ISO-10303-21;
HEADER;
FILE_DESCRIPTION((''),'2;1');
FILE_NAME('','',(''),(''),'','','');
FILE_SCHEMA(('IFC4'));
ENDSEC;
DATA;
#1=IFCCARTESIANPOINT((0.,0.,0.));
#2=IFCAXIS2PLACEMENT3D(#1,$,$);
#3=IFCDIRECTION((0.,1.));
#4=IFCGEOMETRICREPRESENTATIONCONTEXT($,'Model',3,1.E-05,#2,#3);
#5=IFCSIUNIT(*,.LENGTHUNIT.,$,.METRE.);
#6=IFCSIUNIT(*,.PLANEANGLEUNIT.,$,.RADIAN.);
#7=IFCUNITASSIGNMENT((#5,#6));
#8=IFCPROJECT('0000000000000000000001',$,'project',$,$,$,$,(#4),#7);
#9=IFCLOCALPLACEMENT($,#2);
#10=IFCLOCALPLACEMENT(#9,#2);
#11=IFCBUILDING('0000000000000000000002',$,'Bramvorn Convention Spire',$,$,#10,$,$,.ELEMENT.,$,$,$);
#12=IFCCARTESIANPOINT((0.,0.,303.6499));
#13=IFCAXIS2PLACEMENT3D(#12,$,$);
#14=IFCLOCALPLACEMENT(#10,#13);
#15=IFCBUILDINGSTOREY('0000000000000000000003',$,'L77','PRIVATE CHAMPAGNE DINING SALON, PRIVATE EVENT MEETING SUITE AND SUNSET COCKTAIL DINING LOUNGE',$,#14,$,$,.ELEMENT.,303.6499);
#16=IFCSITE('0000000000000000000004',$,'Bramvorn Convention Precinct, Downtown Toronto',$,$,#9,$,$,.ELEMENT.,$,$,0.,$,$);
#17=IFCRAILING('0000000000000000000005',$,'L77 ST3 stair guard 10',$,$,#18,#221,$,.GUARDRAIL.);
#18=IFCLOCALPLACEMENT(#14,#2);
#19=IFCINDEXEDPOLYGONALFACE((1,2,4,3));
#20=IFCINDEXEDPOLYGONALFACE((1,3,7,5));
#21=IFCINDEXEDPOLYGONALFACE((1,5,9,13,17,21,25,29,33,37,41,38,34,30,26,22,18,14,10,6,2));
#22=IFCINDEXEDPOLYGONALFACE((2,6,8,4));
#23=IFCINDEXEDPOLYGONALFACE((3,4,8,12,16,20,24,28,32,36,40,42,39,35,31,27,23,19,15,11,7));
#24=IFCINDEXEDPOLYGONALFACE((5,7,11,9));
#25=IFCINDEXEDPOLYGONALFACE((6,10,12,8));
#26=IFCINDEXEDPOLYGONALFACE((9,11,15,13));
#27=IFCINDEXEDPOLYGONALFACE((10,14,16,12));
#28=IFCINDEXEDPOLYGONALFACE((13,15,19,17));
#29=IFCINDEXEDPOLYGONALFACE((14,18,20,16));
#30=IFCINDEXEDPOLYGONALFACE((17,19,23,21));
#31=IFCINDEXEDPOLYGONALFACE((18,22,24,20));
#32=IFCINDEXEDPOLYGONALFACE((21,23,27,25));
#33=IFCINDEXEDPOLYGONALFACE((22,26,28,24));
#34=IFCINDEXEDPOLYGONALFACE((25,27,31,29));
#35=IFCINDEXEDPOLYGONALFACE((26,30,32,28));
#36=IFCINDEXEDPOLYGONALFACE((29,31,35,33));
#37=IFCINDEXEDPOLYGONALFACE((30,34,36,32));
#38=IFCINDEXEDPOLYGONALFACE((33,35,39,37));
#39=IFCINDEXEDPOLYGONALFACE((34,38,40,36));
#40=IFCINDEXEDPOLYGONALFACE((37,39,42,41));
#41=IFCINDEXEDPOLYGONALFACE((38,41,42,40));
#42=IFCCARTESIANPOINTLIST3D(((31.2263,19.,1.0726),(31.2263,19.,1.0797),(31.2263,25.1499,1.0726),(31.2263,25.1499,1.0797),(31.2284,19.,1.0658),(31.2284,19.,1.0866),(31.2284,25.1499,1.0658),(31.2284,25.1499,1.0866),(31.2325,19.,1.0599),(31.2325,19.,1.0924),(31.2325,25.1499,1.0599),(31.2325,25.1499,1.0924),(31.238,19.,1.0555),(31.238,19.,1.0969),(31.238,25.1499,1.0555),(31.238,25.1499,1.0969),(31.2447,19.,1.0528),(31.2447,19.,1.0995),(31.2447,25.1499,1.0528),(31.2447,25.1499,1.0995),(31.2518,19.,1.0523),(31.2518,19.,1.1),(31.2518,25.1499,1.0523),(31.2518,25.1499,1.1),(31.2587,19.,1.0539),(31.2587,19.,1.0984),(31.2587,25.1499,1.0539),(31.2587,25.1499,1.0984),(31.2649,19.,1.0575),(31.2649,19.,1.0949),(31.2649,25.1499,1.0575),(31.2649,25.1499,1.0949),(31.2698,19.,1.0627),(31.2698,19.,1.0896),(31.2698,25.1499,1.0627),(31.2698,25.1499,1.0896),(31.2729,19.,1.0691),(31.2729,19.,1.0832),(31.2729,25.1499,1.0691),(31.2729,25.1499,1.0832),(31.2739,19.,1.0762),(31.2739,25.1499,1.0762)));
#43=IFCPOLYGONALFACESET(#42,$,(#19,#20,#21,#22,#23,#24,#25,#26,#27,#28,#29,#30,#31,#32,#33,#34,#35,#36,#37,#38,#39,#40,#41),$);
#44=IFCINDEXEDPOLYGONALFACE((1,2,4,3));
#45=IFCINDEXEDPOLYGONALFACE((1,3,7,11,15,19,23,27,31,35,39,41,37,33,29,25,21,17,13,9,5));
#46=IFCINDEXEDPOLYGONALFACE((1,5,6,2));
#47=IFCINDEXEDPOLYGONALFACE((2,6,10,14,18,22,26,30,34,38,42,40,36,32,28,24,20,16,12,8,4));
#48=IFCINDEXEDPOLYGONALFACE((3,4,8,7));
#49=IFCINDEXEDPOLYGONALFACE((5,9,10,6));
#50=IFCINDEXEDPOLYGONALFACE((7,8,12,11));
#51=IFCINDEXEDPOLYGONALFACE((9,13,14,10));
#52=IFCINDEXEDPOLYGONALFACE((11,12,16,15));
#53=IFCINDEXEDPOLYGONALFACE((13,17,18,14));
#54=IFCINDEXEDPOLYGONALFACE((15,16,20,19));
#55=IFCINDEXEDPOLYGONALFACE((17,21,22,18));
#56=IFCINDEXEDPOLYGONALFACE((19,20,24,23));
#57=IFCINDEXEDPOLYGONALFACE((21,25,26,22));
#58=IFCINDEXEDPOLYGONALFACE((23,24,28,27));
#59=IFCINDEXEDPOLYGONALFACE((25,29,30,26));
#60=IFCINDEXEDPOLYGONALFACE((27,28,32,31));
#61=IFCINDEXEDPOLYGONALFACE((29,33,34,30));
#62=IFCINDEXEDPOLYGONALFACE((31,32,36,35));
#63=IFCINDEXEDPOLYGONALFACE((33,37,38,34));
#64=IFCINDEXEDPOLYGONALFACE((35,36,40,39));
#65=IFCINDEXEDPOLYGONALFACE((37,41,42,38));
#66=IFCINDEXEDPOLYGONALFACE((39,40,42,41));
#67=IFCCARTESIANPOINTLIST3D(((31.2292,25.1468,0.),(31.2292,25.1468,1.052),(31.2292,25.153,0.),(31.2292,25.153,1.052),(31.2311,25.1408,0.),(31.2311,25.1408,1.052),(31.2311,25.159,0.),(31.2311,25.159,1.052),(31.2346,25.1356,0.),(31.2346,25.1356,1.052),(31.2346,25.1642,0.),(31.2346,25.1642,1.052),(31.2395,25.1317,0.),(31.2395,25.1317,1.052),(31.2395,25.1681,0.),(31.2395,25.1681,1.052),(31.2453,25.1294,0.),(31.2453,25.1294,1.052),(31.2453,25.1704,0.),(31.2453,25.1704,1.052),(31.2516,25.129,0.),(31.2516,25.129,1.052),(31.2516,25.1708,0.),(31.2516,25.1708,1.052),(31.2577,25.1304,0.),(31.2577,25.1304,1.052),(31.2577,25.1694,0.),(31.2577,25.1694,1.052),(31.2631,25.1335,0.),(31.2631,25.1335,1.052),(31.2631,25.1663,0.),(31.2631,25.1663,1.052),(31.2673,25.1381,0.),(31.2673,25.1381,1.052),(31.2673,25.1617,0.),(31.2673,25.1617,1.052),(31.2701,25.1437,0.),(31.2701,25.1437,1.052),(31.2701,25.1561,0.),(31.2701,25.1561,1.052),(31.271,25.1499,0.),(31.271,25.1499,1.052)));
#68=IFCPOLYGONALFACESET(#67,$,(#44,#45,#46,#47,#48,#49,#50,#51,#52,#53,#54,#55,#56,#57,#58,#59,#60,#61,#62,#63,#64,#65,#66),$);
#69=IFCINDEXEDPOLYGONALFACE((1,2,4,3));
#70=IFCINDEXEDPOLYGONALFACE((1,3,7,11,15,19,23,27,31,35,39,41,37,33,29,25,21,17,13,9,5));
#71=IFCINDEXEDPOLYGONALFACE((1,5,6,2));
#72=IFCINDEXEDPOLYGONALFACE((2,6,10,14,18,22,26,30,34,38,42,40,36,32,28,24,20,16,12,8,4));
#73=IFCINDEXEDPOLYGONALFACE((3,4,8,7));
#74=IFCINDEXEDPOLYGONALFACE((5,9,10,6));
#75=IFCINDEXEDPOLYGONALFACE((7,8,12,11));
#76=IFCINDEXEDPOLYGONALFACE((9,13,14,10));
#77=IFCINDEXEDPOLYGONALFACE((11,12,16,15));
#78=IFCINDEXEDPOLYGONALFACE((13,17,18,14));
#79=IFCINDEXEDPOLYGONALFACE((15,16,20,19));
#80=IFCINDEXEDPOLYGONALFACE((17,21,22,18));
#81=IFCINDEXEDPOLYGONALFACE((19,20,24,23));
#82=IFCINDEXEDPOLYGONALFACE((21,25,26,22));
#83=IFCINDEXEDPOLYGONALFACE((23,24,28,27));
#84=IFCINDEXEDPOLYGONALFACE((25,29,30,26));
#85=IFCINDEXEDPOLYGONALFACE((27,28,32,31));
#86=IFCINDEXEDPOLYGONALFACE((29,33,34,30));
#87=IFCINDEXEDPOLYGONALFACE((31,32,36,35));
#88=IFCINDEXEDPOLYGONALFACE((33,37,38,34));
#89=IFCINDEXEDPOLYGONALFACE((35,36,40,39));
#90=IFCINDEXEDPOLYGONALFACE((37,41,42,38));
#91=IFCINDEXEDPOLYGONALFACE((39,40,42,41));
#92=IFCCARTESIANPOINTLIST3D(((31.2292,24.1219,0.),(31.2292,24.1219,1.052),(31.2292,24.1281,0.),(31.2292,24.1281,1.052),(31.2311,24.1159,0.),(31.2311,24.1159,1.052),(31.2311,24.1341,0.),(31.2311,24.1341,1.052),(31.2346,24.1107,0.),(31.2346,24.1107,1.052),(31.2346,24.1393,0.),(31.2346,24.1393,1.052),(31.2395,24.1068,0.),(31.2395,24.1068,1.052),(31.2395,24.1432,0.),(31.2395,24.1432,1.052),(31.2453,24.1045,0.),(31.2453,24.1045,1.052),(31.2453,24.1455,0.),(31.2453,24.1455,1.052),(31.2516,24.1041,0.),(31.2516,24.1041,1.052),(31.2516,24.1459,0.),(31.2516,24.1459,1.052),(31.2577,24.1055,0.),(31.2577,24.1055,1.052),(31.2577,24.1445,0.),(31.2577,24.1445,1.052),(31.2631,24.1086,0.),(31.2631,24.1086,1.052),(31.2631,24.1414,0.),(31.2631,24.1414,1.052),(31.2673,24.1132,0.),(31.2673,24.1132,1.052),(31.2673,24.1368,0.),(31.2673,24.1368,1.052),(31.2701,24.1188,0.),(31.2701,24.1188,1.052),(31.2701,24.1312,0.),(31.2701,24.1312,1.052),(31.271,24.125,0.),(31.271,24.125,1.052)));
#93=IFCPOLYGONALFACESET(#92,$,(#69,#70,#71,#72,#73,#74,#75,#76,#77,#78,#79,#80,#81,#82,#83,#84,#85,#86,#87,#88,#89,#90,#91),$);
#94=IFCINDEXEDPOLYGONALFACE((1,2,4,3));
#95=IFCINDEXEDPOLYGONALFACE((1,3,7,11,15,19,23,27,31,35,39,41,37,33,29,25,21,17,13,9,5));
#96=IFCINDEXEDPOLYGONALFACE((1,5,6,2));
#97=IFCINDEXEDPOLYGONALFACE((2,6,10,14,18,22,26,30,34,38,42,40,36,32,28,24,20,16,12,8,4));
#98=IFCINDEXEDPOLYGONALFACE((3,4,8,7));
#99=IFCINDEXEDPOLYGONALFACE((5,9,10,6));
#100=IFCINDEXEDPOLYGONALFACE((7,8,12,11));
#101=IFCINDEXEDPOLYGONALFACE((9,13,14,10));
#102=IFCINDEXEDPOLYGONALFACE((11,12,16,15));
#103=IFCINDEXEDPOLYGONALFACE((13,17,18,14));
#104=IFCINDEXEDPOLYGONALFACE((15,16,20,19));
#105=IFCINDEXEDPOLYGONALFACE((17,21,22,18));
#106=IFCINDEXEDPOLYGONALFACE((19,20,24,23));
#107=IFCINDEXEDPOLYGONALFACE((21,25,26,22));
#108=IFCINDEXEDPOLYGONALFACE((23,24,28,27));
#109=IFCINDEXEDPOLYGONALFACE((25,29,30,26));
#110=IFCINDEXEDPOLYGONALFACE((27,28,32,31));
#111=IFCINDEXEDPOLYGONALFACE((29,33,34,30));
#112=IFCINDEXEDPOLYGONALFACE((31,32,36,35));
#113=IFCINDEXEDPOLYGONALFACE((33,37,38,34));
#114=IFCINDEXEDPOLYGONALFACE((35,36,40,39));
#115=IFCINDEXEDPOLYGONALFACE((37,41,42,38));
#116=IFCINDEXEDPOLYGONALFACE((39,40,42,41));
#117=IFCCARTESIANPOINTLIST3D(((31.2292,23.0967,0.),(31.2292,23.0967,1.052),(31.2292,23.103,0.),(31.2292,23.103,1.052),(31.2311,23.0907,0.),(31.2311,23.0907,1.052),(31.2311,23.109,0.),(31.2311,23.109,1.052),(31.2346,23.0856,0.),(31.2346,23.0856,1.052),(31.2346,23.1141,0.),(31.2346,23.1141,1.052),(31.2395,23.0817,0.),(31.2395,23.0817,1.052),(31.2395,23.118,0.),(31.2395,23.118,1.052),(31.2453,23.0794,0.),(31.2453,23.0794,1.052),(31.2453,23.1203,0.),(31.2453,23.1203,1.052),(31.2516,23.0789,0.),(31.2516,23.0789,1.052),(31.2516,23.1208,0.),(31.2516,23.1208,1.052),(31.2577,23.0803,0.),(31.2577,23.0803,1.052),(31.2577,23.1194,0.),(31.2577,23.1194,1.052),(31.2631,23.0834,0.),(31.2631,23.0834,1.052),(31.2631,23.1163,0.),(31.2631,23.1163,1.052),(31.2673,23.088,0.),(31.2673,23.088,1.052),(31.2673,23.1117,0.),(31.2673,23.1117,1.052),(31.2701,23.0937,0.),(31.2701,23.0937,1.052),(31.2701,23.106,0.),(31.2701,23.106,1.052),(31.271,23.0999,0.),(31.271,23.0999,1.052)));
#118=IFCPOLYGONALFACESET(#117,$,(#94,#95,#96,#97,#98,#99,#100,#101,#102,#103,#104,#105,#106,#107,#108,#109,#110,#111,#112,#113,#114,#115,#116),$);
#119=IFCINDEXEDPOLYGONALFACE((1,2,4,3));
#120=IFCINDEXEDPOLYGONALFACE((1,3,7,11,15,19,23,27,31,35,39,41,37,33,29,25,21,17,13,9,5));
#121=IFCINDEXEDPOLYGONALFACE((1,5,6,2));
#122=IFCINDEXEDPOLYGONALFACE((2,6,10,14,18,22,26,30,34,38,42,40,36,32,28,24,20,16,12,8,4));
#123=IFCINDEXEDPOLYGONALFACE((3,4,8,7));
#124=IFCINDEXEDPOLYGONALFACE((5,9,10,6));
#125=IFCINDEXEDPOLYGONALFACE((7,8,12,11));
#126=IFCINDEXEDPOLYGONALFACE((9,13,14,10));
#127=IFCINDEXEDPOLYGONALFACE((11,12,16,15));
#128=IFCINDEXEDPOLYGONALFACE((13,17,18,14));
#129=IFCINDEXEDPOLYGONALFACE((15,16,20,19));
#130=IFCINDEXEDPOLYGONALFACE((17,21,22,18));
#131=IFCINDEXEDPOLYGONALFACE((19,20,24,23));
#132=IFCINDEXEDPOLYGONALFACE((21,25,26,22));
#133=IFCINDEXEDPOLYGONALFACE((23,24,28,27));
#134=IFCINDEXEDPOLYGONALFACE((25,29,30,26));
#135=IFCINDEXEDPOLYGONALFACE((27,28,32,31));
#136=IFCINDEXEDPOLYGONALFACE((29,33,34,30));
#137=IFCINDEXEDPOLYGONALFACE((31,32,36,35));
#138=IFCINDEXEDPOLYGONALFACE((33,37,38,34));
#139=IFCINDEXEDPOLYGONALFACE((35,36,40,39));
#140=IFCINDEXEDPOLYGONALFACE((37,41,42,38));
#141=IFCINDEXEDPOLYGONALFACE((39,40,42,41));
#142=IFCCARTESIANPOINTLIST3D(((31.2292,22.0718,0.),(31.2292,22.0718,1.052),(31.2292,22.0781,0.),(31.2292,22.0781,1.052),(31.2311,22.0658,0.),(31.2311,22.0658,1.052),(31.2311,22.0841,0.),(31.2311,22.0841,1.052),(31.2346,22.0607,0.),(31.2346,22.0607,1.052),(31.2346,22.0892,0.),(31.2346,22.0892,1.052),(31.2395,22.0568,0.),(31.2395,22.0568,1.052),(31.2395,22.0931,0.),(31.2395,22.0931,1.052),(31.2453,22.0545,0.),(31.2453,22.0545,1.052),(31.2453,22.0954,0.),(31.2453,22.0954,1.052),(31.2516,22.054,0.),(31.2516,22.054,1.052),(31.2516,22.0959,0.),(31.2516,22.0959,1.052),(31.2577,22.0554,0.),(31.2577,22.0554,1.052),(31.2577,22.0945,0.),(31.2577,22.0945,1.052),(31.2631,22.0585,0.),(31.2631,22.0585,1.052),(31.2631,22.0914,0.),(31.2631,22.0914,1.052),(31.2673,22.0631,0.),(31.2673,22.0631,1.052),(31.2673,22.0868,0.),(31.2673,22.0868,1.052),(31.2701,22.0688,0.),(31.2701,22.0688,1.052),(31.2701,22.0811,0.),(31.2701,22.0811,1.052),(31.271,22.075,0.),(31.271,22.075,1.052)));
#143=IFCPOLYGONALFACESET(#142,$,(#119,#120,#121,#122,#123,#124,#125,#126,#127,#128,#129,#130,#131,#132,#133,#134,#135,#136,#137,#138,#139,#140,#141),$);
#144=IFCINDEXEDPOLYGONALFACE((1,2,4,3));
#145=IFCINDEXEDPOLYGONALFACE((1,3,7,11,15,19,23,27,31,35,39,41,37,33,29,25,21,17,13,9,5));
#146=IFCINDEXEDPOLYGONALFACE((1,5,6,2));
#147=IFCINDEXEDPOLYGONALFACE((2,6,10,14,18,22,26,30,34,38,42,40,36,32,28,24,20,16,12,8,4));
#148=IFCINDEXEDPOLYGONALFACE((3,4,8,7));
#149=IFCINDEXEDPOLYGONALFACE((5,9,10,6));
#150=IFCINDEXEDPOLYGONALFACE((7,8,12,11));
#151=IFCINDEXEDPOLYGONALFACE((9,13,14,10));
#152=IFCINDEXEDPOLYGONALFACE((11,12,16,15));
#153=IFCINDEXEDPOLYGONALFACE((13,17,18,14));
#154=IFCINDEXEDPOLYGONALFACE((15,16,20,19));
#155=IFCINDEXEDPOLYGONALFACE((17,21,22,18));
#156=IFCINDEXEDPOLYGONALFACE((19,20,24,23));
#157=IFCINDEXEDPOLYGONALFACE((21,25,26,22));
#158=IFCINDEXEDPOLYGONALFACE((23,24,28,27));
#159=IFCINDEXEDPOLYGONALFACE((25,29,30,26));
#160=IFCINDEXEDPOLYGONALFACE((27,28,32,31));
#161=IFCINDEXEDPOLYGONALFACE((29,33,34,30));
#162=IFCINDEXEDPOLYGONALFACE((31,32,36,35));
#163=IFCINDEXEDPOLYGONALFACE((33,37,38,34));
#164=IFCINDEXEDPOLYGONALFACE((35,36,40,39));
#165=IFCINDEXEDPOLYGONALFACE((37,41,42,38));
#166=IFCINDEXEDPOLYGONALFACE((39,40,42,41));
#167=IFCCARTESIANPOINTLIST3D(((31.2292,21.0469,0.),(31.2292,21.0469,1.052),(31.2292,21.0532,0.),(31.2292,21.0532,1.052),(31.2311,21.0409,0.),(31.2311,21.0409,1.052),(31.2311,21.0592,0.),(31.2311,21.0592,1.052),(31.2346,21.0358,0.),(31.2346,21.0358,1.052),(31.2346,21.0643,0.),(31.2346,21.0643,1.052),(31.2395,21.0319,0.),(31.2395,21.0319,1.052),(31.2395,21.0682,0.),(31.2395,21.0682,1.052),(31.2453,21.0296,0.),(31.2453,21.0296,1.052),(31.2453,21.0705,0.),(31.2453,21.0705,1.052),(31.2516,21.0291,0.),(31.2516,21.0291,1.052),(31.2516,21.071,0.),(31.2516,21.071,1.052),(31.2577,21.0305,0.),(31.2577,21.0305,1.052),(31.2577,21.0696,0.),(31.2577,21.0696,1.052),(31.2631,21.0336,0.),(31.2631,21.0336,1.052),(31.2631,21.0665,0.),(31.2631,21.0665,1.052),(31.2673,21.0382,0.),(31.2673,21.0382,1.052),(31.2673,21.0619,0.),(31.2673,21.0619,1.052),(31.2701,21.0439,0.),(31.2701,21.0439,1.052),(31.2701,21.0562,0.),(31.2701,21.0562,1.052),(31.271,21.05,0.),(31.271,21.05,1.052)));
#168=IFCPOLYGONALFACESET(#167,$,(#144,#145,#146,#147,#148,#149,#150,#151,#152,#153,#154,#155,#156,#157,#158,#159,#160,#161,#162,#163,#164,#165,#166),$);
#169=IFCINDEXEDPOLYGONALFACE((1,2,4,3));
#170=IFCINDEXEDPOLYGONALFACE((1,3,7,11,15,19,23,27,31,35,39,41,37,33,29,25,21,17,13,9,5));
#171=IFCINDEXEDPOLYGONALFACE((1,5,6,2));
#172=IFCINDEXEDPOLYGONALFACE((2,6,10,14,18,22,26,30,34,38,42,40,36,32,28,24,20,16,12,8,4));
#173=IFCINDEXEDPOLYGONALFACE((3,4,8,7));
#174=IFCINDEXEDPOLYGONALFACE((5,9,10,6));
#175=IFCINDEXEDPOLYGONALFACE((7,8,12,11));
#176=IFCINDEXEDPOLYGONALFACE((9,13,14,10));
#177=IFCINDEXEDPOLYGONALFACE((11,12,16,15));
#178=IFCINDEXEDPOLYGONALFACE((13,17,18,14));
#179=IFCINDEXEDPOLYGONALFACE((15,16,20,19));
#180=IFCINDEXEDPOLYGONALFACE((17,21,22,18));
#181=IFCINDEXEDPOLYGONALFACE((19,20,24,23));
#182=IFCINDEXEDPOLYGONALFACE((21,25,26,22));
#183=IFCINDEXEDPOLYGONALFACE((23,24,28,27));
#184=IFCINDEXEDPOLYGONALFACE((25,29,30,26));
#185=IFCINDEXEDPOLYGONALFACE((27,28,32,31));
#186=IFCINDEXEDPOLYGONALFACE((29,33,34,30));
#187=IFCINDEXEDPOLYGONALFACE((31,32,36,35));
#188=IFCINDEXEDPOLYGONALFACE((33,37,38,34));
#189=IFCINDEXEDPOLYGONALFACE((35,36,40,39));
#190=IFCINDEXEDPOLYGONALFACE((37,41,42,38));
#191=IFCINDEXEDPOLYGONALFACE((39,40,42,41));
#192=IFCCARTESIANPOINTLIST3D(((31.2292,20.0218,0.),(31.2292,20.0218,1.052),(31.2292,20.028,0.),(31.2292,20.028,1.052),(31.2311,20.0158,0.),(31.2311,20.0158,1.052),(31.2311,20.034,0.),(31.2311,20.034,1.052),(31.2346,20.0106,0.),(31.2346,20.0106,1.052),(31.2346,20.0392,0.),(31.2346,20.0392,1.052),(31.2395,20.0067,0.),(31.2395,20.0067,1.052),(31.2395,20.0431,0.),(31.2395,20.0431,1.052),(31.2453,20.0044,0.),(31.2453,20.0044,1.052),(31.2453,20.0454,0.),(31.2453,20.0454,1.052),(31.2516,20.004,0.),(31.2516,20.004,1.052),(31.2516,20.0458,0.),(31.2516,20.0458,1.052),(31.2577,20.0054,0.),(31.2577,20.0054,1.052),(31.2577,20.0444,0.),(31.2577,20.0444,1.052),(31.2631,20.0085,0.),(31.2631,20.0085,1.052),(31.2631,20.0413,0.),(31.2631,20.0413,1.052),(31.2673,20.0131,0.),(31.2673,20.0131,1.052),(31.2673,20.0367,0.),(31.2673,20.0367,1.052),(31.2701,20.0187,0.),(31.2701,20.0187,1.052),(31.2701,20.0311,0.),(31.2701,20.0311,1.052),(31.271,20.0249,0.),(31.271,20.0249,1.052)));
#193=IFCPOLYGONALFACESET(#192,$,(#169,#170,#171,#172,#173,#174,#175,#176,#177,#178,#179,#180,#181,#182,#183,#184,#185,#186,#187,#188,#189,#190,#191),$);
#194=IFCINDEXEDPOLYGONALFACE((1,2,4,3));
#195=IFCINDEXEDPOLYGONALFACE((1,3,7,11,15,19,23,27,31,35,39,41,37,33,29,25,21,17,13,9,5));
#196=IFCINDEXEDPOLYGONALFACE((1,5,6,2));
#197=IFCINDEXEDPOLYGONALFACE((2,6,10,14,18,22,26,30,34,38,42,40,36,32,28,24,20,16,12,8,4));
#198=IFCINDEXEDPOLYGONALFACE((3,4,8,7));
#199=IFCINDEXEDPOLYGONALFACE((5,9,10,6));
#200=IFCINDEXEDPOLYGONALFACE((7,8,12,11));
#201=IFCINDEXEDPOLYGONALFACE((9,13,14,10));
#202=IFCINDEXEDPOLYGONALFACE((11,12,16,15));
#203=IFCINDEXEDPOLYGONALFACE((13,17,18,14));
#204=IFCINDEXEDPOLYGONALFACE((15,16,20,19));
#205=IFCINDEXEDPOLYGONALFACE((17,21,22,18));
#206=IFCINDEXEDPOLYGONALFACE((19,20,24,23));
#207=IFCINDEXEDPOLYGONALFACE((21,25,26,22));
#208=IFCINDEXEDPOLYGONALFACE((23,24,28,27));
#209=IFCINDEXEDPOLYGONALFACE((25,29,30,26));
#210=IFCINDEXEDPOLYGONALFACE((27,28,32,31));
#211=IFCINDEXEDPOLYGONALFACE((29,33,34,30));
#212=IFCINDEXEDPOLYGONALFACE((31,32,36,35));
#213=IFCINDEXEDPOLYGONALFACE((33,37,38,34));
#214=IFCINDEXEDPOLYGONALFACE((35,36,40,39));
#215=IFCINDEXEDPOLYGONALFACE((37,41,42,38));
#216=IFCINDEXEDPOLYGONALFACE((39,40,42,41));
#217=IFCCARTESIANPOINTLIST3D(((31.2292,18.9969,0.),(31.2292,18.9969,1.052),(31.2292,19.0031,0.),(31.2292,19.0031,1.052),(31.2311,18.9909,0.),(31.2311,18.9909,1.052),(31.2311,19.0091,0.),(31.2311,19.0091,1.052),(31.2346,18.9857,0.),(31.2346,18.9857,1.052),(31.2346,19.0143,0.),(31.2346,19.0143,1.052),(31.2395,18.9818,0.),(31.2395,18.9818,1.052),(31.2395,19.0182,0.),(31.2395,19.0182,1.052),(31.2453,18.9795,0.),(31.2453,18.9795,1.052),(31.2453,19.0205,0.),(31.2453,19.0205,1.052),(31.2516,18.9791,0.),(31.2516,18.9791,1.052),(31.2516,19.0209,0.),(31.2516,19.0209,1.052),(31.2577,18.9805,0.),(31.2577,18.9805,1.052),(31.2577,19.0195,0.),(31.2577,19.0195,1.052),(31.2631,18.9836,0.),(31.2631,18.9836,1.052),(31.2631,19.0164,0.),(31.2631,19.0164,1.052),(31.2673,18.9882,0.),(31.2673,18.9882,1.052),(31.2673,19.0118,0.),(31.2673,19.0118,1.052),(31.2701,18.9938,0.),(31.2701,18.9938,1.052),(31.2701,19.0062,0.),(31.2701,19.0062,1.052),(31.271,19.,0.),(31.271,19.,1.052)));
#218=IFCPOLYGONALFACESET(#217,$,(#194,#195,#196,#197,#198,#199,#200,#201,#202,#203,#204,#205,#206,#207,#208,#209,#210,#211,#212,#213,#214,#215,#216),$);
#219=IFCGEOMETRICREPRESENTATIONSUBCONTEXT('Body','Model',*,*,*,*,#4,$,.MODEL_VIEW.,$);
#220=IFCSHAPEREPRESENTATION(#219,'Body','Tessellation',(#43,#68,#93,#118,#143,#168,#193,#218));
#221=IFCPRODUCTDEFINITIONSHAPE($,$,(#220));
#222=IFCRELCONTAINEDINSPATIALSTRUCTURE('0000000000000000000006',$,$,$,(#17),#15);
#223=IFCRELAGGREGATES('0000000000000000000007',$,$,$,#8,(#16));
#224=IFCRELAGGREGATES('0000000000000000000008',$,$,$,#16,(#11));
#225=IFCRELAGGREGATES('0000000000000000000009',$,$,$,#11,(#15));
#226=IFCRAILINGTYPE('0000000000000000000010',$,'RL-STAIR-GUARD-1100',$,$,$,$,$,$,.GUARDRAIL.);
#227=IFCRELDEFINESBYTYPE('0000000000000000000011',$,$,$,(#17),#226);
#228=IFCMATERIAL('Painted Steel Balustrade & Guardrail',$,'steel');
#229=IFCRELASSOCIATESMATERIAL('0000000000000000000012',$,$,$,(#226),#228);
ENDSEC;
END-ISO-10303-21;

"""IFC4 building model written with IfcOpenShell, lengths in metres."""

from ifc_helpers import new_model, si_unit, direction, frame, origin, origin_2d, place, context, subcontext, project, spatial, circle, extrude, material, type_object, element, save


model = new_model("IFC4")

# Units and contexts
model_context = context("Model", 3, precision=1e-05, world=origin(), true_north=direction((0.0, 1.0)))
body_context = subcontext(model_context, "Body", "Model", "MODEL_VIEW")
ifc_project = project(units=[si_unit("LENGTHUNIT", "METRE"), si_unit("PLANEANGLEUNIT", "RADIAN")], contexts=[model_context])

# Site, building, storey
site_placement = place(None, origin())
site = spatial("IfcSite", under=ifc_project, at=site_placement, Name="Bramvorn Convention Precinct, Downtown Toronto", CompositionType="ELEMENT", RefElevation=0.0)
building_placement = place(site_placement, origin())
building = spatial("IfcBuilding", under=site, at=building_placement, Name="Bramvorn Convention Spire", CompositionType="ELEMENT")
storey_placement = place(building_placement, frame((0.0, 0.0, 303.6499)))
storey = spatial("IfcBuildingStorey", under=building, at=storey_placement, Name="L77", Description="PRIVATE CHAMPAGNE DINING SALON, PRIVATE EVENT MEETING SUITE AND SUNSET COCKTAIL DINING LOUNGE", CompositionType="ELEMENT", Elevation=303.6499)

# Railing
ifc_material_1 = material(Name="Painted Steel Balustrade & Guardrail", Category="steel")
railing_type = type_object("IfcRailingType", Name="RL-STAIR-GUARD-1100", PredefinedType="GUARDRAIL", material=ifc_material_1)
railing_1_placement = place(storey_placement, frame((31.25, 25.1499, 0.0)))
element("IfcRailing", 1, at=railing_1_placement, inside=storey, type_object=railing_type, Name="L77 ST3 stair guard 10", PredefinedType="GUARDRAIL", context=body_context, shape_type="SweptSolid", body=[
    extrude(circle(Radius=0.0239, at=origin_2d()), frame((0.0, 0.0, 1.0762), z_axis=(0.0, -1.0, 0.0), x_axis=(1.0, 0.0, 0.0)), (0.0, 0.0, 1.0), 6.1499),
    extrude(circle(Radius=0.021, at=origin_2d()), origin(), (0.0, 0.0, 1.0), 1.052),
    extrude(circle(Radius=0.021, at=origin_2d()), frame((0.0, -1.0249, 0.0)), (0.0, 0.0, 1.0), 1.052),
    extrude(circle(Radius=0.021, at=origin_2d()), frame((0.0, -2.05, 0.0)), (0.0, 0.0, 1.0), 1.052),
    extrude(circle(Radius=0.021, at=origin_2d()), frame((0.0, -3.075, 0.0)), (0.0, 0.0, 1.0), 1.052),
    extrude(circle(Radius=0.021, at=origin_2d()), frame((0.0, -4.0999, 0.0)), (0.0, 0.0, 1.0), 1.052),
    extrude(circle(Radius=0.021, at=origin_2d()), frame((0.0, -5.125, 0.0)), (0.0, 0.0, 1.0), 1.052),
    extrude(circle(Radius=0.021, at=origin_2d()), frame((0.0, -6.1499, 0.0)), (0.0, 0.0, 1.0), 1.052),
])

save(model, "model.ifc")
